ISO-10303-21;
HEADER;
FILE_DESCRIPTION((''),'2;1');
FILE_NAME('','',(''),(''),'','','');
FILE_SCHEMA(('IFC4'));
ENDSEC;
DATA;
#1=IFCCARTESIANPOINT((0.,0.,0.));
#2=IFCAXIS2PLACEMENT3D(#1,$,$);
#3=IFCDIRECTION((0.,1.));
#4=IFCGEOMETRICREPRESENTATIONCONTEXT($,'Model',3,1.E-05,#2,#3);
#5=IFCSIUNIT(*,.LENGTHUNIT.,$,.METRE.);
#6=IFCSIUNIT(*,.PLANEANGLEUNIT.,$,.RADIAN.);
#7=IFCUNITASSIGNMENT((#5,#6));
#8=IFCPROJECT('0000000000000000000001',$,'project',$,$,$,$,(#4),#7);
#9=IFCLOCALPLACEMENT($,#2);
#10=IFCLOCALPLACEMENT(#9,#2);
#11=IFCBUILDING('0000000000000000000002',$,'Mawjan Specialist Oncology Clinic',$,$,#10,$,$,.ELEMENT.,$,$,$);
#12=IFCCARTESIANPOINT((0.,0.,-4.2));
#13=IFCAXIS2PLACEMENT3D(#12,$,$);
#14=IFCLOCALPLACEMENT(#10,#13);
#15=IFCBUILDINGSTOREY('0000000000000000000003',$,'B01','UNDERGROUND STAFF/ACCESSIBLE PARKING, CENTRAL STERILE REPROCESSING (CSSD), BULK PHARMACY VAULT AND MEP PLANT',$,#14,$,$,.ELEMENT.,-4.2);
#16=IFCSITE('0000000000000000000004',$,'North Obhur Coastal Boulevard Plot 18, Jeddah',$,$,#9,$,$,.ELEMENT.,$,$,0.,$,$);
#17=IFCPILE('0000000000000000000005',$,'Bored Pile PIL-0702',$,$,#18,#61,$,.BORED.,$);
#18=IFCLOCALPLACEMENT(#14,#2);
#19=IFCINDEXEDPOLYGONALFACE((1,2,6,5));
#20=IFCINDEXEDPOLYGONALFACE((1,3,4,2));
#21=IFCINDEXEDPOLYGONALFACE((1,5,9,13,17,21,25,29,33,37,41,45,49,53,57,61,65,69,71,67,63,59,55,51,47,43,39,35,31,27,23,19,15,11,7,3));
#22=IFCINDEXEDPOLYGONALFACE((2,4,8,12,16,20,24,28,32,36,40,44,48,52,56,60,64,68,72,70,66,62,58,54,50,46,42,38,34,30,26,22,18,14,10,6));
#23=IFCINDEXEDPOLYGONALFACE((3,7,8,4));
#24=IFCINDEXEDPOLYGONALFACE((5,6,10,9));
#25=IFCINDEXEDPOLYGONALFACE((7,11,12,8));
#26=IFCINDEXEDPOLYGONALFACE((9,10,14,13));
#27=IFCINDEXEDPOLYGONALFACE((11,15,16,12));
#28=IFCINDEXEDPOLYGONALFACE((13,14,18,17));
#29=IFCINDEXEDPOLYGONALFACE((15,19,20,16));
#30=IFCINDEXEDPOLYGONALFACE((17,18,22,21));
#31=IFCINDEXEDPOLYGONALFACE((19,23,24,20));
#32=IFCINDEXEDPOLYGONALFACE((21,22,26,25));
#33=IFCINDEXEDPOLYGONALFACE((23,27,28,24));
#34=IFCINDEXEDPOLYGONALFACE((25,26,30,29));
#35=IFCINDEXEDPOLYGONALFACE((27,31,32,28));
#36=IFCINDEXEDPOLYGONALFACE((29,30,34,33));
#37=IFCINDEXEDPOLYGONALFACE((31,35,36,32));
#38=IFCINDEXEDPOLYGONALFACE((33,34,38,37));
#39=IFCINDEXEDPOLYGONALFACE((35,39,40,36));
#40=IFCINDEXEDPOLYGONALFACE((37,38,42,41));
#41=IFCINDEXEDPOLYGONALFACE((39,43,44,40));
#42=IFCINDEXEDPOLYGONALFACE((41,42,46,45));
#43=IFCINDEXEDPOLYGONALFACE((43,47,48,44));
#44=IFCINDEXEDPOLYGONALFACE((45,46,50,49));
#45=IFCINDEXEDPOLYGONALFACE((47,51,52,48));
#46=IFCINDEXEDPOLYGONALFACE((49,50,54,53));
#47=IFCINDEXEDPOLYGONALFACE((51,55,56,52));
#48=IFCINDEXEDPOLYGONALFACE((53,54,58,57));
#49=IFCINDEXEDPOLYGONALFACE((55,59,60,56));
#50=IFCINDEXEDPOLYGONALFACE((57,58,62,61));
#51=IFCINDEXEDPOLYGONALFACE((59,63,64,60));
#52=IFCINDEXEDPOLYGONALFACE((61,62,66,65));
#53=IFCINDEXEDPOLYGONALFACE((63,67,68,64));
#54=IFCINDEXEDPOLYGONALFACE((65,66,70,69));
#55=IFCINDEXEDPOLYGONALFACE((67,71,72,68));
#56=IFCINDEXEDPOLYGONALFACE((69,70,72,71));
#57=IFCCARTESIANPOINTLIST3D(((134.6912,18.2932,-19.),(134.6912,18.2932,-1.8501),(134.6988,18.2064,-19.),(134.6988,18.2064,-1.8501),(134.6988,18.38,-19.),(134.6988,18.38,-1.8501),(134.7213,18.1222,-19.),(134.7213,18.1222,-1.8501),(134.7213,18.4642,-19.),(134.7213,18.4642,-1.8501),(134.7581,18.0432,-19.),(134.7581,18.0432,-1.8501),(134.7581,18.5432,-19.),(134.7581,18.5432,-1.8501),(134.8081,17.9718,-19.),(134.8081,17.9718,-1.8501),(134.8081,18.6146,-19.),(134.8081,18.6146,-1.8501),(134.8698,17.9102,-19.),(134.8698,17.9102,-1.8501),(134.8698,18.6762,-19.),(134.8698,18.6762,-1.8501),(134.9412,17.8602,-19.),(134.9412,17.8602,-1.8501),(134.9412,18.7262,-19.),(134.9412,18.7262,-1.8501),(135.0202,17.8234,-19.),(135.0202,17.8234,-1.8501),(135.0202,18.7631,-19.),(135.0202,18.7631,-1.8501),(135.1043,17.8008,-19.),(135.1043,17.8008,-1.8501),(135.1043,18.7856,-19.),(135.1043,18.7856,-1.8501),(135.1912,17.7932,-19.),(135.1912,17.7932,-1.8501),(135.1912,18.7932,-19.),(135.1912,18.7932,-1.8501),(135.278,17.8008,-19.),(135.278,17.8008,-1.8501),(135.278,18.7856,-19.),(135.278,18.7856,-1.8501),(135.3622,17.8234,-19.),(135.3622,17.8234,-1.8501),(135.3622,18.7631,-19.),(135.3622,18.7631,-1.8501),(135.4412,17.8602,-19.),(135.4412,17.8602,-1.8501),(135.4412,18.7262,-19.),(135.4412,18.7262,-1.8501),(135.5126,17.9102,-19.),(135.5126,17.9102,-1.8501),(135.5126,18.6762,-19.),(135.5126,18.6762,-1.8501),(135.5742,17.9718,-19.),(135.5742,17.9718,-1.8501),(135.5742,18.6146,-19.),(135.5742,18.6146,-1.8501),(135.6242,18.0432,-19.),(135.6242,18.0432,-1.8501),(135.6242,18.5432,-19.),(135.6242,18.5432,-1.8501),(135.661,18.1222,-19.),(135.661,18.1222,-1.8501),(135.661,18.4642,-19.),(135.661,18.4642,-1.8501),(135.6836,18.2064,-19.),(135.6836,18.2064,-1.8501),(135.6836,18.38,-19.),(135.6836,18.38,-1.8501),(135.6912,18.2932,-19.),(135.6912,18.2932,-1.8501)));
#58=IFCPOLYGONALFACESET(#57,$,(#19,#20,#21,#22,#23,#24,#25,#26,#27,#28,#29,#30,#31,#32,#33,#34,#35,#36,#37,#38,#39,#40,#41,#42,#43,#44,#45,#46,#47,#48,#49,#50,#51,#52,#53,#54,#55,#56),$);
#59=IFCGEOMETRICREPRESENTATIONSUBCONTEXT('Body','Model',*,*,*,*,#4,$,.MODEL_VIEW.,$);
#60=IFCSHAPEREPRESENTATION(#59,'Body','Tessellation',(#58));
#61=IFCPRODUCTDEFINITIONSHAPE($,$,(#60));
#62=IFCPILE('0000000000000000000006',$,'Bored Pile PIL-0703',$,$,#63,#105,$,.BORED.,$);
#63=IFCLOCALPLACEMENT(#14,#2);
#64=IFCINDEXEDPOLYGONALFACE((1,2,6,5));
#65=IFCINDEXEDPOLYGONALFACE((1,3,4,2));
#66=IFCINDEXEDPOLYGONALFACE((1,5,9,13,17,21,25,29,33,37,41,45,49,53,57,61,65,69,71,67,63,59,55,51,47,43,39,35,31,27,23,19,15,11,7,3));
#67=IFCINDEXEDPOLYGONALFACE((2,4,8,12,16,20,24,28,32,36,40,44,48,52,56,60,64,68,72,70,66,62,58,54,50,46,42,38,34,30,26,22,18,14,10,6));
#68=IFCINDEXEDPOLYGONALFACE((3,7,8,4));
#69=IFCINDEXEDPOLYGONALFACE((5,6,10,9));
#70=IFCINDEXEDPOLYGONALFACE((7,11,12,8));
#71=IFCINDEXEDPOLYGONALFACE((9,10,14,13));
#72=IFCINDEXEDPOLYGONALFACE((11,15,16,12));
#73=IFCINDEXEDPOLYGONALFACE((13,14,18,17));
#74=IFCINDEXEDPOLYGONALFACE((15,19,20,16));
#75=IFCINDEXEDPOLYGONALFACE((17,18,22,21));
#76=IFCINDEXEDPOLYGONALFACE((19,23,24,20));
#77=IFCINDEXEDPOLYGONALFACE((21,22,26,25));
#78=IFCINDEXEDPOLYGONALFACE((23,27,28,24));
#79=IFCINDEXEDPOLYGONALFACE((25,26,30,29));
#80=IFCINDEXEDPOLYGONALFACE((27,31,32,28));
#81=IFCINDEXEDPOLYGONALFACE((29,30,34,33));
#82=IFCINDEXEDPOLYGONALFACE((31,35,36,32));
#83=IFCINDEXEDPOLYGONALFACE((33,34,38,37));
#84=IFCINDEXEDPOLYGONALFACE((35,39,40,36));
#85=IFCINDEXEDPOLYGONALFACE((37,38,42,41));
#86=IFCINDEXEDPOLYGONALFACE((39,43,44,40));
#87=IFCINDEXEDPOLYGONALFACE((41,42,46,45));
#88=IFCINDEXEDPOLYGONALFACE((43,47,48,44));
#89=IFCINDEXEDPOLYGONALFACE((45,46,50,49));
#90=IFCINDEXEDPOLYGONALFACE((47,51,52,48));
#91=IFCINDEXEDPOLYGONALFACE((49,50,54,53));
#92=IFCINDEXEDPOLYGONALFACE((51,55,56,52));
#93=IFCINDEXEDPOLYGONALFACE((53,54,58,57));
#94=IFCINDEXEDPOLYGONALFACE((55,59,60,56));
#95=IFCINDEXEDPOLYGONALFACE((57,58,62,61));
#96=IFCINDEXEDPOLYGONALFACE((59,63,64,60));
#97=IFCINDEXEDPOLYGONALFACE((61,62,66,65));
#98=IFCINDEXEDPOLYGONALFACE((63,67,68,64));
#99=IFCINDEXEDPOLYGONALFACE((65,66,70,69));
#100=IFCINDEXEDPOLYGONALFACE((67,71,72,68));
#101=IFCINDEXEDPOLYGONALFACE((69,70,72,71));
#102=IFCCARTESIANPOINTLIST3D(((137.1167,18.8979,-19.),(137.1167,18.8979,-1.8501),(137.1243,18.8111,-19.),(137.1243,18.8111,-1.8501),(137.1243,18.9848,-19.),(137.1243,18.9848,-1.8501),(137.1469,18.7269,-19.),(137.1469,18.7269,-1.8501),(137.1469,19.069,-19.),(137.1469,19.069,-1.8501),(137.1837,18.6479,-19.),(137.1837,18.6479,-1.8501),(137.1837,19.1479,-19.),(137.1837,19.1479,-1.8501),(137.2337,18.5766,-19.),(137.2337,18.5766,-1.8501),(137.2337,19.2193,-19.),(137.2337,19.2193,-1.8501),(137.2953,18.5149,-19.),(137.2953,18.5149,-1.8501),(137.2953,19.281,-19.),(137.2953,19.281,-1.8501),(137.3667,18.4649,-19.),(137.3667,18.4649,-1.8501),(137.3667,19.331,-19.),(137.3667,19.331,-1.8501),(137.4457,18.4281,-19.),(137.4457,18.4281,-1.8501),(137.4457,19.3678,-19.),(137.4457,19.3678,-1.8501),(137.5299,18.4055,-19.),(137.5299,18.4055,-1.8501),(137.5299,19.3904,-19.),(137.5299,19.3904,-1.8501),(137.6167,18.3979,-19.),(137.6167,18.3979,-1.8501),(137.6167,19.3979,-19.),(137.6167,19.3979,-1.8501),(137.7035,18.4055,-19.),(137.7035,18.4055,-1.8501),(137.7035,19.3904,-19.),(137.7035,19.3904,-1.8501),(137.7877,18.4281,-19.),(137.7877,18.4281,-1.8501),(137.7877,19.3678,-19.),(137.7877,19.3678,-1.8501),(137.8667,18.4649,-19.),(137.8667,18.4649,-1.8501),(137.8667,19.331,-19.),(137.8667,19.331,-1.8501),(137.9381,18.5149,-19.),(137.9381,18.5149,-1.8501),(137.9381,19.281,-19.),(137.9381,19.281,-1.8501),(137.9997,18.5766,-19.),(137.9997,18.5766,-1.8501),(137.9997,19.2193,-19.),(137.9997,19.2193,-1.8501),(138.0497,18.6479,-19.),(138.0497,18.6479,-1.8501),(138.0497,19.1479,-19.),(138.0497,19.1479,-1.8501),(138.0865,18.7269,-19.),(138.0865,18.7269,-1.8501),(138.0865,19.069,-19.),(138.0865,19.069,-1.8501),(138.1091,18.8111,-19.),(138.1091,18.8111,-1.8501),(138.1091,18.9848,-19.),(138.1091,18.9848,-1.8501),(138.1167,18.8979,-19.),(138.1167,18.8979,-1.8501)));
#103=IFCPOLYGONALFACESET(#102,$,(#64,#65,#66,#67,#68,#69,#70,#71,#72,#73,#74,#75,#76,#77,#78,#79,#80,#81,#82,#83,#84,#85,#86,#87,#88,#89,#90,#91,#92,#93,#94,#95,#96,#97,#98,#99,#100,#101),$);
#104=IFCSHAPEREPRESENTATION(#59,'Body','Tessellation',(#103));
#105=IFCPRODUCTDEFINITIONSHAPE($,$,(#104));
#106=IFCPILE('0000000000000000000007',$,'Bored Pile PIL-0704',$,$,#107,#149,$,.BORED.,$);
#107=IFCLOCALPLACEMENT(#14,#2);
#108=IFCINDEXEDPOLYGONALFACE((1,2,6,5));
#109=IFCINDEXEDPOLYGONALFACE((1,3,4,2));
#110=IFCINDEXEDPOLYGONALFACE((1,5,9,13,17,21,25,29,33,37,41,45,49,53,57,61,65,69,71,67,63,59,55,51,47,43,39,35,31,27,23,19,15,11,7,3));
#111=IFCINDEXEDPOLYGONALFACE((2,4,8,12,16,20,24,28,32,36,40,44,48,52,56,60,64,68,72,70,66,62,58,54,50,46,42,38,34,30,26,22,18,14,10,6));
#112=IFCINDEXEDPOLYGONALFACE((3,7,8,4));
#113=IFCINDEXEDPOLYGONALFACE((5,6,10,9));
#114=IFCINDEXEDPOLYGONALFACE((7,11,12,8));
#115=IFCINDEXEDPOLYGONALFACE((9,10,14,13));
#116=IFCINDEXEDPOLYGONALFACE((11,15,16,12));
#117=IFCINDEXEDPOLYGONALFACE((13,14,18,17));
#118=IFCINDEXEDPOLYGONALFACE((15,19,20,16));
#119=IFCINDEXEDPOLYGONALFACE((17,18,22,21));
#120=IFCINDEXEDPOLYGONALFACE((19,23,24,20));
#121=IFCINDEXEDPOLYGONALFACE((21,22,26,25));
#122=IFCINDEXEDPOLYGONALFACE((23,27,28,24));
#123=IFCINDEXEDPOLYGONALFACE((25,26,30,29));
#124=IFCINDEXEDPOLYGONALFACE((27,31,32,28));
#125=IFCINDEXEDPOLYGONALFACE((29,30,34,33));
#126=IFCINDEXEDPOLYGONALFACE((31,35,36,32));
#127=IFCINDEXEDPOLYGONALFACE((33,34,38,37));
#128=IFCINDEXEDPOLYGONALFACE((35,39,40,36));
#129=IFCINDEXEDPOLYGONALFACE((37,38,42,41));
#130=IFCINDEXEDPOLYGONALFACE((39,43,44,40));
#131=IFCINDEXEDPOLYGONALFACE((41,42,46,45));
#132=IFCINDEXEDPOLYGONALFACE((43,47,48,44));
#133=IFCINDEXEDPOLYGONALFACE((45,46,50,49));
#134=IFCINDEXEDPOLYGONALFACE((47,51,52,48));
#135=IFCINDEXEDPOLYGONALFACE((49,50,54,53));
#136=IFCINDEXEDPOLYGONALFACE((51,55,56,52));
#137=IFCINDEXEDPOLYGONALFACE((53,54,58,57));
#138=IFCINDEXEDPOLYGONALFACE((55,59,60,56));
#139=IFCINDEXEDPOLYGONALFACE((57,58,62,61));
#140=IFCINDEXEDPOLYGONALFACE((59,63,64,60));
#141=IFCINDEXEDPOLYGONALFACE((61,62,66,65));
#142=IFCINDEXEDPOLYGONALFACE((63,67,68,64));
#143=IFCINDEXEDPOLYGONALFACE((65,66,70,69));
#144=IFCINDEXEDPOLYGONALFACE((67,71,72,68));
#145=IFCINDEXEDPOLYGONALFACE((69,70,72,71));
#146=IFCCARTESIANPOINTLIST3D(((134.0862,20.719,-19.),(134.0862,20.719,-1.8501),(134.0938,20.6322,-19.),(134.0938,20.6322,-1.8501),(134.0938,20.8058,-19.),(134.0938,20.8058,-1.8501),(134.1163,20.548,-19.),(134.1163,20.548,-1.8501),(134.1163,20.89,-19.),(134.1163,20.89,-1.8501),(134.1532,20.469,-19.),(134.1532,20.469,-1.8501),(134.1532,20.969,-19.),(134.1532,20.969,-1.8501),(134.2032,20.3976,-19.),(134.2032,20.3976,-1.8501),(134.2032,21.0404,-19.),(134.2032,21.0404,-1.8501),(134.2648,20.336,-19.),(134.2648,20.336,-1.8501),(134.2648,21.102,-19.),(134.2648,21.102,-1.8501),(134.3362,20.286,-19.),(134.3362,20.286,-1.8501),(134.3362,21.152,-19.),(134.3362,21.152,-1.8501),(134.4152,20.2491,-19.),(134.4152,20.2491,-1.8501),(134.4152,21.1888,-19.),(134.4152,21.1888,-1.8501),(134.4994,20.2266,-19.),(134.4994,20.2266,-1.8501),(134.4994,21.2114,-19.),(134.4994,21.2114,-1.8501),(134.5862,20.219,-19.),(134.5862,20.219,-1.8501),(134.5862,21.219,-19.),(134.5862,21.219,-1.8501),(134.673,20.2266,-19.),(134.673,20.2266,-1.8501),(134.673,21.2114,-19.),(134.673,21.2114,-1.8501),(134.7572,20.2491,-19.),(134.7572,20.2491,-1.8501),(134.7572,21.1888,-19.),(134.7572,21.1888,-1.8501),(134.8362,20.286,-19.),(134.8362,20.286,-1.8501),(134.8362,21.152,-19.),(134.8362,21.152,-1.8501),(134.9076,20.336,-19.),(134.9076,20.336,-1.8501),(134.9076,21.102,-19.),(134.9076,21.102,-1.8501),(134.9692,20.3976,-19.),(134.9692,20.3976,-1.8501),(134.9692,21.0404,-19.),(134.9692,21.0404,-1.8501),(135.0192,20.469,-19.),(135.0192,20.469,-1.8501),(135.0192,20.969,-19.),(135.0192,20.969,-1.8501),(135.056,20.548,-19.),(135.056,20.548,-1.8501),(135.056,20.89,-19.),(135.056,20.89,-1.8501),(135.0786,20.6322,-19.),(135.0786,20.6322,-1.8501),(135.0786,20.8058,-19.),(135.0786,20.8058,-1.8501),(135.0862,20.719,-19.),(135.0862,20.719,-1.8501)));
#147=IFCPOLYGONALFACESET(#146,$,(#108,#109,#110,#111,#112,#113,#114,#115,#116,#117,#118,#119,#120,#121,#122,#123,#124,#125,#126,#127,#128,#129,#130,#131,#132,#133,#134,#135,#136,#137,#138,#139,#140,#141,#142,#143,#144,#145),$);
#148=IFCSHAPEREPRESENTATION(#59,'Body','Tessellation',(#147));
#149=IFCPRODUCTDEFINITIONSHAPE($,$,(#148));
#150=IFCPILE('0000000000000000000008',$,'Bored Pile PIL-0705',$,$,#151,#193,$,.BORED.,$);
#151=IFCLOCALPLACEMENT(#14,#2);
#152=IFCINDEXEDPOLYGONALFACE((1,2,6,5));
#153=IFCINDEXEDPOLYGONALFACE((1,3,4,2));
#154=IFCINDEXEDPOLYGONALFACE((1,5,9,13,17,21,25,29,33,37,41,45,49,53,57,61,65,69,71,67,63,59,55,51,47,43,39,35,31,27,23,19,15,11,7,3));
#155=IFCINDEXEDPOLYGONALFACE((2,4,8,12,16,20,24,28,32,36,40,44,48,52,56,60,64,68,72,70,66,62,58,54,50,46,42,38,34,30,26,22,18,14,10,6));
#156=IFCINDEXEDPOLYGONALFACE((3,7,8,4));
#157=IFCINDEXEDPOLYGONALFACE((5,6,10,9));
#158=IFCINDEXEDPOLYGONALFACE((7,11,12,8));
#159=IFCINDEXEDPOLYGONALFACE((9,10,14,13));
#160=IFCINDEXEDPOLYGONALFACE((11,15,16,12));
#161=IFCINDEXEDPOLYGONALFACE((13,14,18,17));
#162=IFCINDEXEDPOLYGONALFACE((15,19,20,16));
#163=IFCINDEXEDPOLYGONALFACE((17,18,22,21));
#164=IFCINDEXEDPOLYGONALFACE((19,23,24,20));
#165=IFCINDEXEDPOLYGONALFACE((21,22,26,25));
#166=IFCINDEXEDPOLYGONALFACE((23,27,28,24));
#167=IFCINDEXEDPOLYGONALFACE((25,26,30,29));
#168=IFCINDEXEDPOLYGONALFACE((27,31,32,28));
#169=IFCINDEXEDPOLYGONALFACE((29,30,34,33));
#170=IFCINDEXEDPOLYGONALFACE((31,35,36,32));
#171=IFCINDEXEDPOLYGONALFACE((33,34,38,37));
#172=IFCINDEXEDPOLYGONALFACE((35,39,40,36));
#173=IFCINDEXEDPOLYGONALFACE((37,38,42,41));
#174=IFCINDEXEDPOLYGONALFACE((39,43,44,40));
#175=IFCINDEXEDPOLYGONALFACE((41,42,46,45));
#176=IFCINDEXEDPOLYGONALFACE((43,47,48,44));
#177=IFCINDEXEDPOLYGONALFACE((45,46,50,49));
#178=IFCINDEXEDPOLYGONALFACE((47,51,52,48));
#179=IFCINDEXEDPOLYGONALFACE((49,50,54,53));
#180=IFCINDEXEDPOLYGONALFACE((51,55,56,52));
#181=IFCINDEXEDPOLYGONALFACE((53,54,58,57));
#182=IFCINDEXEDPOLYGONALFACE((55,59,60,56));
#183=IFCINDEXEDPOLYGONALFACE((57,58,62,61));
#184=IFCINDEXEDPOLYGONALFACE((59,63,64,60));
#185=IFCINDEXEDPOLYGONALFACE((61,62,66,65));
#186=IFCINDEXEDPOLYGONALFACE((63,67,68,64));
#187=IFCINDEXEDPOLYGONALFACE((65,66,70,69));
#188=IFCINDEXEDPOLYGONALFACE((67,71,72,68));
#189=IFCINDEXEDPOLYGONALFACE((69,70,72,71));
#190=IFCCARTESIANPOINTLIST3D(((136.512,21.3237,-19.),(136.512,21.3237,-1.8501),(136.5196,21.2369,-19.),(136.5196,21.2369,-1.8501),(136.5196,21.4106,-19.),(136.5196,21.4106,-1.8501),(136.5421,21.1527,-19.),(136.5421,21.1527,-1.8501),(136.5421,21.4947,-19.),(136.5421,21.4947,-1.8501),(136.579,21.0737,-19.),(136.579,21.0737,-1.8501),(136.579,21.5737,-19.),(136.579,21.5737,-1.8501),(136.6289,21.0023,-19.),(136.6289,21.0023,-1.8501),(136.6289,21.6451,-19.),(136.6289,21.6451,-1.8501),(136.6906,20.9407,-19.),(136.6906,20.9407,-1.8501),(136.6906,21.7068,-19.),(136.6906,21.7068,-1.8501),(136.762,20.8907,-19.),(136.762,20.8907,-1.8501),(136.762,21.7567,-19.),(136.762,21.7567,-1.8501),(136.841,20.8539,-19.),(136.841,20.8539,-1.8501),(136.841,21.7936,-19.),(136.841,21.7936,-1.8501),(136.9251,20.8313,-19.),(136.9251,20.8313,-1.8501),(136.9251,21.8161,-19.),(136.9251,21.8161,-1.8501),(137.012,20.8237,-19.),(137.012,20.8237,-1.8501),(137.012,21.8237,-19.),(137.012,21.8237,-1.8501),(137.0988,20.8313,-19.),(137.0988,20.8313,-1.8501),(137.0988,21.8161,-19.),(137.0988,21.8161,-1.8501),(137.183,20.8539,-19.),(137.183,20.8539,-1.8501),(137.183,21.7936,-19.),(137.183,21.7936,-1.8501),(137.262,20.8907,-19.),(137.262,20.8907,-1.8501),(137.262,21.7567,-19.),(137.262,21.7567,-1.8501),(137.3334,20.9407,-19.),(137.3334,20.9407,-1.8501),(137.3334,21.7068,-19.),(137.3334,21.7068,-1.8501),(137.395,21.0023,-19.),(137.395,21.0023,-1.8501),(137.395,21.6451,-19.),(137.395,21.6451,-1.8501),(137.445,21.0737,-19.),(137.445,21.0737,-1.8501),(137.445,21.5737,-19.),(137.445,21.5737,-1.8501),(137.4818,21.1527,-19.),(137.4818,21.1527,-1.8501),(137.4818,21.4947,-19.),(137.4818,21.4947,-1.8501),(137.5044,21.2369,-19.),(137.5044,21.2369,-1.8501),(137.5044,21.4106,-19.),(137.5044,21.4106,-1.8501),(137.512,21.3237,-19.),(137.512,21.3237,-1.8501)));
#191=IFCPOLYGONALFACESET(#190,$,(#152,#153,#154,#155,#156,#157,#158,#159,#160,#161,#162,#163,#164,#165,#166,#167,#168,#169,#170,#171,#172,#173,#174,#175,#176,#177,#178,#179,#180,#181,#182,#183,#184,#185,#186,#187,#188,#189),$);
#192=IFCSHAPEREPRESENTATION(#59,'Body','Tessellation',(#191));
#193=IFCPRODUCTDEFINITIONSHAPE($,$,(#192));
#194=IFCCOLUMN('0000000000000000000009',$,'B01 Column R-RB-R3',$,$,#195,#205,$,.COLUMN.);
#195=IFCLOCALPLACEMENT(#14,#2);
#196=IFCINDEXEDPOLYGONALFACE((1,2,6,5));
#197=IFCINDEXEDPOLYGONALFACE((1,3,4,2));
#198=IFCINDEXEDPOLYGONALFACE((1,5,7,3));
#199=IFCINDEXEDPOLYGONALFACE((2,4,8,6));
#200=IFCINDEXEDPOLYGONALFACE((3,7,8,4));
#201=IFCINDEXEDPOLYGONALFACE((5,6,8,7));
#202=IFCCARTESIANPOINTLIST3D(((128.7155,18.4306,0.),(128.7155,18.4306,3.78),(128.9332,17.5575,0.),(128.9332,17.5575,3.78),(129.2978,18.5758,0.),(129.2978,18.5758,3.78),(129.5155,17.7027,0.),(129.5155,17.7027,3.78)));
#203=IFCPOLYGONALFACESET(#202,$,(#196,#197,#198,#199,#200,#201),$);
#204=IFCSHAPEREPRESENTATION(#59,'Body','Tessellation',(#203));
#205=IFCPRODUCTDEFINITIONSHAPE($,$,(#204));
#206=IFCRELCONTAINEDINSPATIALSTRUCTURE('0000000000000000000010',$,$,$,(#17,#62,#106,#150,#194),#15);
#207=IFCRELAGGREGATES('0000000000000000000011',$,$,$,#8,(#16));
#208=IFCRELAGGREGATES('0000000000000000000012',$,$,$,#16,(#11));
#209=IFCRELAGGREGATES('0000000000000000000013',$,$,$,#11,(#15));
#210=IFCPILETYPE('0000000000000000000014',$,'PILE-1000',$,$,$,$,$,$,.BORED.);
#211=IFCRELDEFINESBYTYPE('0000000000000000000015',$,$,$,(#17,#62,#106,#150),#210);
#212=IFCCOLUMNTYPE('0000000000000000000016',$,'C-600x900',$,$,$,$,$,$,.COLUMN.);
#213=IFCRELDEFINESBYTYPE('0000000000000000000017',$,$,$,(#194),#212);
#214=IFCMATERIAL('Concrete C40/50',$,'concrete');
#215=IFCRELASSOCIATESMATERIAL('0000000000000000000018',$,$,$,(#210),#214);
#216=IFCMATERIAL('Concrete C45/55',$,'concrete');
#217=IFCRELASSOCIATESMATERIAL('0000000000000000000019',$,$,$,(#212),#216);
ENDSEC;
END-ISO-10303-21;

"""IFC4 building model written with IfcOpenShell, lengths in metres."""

from ifc_helpers import new_model, si_unit, direction, frame, origin, origin_2d, place, context, subcontext, project, spatial, rectangle, circle, extrude, material, material_profile, profile_set, type_object, element, save


model = new_model("IFC4")

# Units and contexts
model_context = context("Model", 3, precision=1e-05, world=origin(), true_north=direction((0.0, 1.0)))
body_context = subcontext(model_context, "Body", "Model", "MODEL_VIEW")
ifc_project = project(units=[si_unit("LENGTHUNIT", "METRE"), si_unit("PLANEANGLEUNIT", "RADIAN")], contexts=[model_context])

# Site, building, storey
site_placement = place(None, origin())
site = spatial("IfcSite", under=ifc_project, at=site_placement, Name="North Obhur Coastal Boulevard Plot 18, Jeddah", CompositionType="ELEMENT", RefElevation=0.0)
building_placement = place(site_placement, origin())
building = spatial("IfcBuilding", under=site, at=building_placement, Name="Mawjan Specialist Oncology Clinic", CompositionType="ELEMENT")
storey_placement = place(building_placement, frame((0.0, 0.0, -4.2)))
storey = spatial("IfcBuildingStorey", under=building, at=storey_placement, Name="B01", Description="UNDERGROUND STAFF/ACCESSIBLE PARKING, CENTRAL STERILE REPROCESSING (CSSD), BULK PHARMACY VAULT AND MEP PLANT", CompositionType="ELEMENT", Elevation=-4.2)

# Piles
ifc_material_1 = material(Name="Concrete C40/50", Category="concrete")
ifc_material_profile_1 = material_profile(ifc_material_1, circle(Radius=0.5, at=origin_2d()), Name="BORED PILE D1000", Category="concrete")
ifc_profile_set_1 = profile_set([ifc_material_profile_1], Name="Concrete C40/50")
pile_type = type_object("IfcPileType", Name="PILE-1000", PredefinedType="BORED", material=ifc_profile_set_1)
for number, where, z_axis, x_axis, name in (
    (1, (135.1912, 18.2932, -1.8501), (0.0, 0.0, -1.0), (1.0, 0.0, 0.0), "Bored Pile PIL-0702"),
    (2, (137.6167, 18.8979, -1.8501), (0.0, 0.0, -1.0), (1.0, 0.0, 0.0), "Bored Pile PIL-0703"),
    (3, (134.5862, 20.719, -1.8501), (0.0, 0.0, -1.0), (1.0, 0.0, 0.0), "Bored Pile PIL-0704"),
    (4, (137.012, 21.3237, -1.8501), (0.0, 0.0, -1.0), (1.0, 0.0, 0.0), "Bored Pile PIL-0705"),
):
    element("IfcPile", number, at=place(storey_placement, frame(where, z_axis=z_axis, x_axis=x_axis)), inside=storey, type_object=pile_type, Name=name, PredefinedType="BORED", context=body_context, shape_type="SweptSolid", body=[
        extrude(circle(Radius=0.5, at=origin_2d()), origin(), (0.0, 0.0, 1.0), 17.1499),
    ])

# Column
ifc_material_2 = material(Name="Concrete C45/55", Category="concrete")
ifc_material_profile_2 = material_profile(ifc_material_2, rectangle(XDim=0.6001, YDim=0.8999, at=origin_2d()), Name="RC COL 600x900", Category="concrete")
ifc_profile_set_2 = profile_set([ifc_material_profile_2], Name="Concrete C45/55")
column_type = type_object("IfcColumnType", Name="C-600x900", PredefinedType="COLUMN", material=ifc_profile_set_2)
for number, where, z_axis, x_axis, name in (
    (5, (129.1155, 18.0667, 0.0), (0.0, 0.0, 1.0), (0.970296, 0.241922, 0.0), "B01 Column R-RB-R3"),
):
    element("IfcColumn", number, at=place(storey_placement, frame(where, z_axis=z_axis, x_axis=x_axis)), inside=storey, type_object=column_type, Name=name, PredefinedType="COLUMN", context=body_context, shape_type="SweptSolid", body=[
        extrude(rectangle(XDim=0.6001, YDim=0.8999, at=origin_2d()), origin(), (0.0, 0.0, 1.0), 3.78),
    ])

save(model, "model.ifc")
